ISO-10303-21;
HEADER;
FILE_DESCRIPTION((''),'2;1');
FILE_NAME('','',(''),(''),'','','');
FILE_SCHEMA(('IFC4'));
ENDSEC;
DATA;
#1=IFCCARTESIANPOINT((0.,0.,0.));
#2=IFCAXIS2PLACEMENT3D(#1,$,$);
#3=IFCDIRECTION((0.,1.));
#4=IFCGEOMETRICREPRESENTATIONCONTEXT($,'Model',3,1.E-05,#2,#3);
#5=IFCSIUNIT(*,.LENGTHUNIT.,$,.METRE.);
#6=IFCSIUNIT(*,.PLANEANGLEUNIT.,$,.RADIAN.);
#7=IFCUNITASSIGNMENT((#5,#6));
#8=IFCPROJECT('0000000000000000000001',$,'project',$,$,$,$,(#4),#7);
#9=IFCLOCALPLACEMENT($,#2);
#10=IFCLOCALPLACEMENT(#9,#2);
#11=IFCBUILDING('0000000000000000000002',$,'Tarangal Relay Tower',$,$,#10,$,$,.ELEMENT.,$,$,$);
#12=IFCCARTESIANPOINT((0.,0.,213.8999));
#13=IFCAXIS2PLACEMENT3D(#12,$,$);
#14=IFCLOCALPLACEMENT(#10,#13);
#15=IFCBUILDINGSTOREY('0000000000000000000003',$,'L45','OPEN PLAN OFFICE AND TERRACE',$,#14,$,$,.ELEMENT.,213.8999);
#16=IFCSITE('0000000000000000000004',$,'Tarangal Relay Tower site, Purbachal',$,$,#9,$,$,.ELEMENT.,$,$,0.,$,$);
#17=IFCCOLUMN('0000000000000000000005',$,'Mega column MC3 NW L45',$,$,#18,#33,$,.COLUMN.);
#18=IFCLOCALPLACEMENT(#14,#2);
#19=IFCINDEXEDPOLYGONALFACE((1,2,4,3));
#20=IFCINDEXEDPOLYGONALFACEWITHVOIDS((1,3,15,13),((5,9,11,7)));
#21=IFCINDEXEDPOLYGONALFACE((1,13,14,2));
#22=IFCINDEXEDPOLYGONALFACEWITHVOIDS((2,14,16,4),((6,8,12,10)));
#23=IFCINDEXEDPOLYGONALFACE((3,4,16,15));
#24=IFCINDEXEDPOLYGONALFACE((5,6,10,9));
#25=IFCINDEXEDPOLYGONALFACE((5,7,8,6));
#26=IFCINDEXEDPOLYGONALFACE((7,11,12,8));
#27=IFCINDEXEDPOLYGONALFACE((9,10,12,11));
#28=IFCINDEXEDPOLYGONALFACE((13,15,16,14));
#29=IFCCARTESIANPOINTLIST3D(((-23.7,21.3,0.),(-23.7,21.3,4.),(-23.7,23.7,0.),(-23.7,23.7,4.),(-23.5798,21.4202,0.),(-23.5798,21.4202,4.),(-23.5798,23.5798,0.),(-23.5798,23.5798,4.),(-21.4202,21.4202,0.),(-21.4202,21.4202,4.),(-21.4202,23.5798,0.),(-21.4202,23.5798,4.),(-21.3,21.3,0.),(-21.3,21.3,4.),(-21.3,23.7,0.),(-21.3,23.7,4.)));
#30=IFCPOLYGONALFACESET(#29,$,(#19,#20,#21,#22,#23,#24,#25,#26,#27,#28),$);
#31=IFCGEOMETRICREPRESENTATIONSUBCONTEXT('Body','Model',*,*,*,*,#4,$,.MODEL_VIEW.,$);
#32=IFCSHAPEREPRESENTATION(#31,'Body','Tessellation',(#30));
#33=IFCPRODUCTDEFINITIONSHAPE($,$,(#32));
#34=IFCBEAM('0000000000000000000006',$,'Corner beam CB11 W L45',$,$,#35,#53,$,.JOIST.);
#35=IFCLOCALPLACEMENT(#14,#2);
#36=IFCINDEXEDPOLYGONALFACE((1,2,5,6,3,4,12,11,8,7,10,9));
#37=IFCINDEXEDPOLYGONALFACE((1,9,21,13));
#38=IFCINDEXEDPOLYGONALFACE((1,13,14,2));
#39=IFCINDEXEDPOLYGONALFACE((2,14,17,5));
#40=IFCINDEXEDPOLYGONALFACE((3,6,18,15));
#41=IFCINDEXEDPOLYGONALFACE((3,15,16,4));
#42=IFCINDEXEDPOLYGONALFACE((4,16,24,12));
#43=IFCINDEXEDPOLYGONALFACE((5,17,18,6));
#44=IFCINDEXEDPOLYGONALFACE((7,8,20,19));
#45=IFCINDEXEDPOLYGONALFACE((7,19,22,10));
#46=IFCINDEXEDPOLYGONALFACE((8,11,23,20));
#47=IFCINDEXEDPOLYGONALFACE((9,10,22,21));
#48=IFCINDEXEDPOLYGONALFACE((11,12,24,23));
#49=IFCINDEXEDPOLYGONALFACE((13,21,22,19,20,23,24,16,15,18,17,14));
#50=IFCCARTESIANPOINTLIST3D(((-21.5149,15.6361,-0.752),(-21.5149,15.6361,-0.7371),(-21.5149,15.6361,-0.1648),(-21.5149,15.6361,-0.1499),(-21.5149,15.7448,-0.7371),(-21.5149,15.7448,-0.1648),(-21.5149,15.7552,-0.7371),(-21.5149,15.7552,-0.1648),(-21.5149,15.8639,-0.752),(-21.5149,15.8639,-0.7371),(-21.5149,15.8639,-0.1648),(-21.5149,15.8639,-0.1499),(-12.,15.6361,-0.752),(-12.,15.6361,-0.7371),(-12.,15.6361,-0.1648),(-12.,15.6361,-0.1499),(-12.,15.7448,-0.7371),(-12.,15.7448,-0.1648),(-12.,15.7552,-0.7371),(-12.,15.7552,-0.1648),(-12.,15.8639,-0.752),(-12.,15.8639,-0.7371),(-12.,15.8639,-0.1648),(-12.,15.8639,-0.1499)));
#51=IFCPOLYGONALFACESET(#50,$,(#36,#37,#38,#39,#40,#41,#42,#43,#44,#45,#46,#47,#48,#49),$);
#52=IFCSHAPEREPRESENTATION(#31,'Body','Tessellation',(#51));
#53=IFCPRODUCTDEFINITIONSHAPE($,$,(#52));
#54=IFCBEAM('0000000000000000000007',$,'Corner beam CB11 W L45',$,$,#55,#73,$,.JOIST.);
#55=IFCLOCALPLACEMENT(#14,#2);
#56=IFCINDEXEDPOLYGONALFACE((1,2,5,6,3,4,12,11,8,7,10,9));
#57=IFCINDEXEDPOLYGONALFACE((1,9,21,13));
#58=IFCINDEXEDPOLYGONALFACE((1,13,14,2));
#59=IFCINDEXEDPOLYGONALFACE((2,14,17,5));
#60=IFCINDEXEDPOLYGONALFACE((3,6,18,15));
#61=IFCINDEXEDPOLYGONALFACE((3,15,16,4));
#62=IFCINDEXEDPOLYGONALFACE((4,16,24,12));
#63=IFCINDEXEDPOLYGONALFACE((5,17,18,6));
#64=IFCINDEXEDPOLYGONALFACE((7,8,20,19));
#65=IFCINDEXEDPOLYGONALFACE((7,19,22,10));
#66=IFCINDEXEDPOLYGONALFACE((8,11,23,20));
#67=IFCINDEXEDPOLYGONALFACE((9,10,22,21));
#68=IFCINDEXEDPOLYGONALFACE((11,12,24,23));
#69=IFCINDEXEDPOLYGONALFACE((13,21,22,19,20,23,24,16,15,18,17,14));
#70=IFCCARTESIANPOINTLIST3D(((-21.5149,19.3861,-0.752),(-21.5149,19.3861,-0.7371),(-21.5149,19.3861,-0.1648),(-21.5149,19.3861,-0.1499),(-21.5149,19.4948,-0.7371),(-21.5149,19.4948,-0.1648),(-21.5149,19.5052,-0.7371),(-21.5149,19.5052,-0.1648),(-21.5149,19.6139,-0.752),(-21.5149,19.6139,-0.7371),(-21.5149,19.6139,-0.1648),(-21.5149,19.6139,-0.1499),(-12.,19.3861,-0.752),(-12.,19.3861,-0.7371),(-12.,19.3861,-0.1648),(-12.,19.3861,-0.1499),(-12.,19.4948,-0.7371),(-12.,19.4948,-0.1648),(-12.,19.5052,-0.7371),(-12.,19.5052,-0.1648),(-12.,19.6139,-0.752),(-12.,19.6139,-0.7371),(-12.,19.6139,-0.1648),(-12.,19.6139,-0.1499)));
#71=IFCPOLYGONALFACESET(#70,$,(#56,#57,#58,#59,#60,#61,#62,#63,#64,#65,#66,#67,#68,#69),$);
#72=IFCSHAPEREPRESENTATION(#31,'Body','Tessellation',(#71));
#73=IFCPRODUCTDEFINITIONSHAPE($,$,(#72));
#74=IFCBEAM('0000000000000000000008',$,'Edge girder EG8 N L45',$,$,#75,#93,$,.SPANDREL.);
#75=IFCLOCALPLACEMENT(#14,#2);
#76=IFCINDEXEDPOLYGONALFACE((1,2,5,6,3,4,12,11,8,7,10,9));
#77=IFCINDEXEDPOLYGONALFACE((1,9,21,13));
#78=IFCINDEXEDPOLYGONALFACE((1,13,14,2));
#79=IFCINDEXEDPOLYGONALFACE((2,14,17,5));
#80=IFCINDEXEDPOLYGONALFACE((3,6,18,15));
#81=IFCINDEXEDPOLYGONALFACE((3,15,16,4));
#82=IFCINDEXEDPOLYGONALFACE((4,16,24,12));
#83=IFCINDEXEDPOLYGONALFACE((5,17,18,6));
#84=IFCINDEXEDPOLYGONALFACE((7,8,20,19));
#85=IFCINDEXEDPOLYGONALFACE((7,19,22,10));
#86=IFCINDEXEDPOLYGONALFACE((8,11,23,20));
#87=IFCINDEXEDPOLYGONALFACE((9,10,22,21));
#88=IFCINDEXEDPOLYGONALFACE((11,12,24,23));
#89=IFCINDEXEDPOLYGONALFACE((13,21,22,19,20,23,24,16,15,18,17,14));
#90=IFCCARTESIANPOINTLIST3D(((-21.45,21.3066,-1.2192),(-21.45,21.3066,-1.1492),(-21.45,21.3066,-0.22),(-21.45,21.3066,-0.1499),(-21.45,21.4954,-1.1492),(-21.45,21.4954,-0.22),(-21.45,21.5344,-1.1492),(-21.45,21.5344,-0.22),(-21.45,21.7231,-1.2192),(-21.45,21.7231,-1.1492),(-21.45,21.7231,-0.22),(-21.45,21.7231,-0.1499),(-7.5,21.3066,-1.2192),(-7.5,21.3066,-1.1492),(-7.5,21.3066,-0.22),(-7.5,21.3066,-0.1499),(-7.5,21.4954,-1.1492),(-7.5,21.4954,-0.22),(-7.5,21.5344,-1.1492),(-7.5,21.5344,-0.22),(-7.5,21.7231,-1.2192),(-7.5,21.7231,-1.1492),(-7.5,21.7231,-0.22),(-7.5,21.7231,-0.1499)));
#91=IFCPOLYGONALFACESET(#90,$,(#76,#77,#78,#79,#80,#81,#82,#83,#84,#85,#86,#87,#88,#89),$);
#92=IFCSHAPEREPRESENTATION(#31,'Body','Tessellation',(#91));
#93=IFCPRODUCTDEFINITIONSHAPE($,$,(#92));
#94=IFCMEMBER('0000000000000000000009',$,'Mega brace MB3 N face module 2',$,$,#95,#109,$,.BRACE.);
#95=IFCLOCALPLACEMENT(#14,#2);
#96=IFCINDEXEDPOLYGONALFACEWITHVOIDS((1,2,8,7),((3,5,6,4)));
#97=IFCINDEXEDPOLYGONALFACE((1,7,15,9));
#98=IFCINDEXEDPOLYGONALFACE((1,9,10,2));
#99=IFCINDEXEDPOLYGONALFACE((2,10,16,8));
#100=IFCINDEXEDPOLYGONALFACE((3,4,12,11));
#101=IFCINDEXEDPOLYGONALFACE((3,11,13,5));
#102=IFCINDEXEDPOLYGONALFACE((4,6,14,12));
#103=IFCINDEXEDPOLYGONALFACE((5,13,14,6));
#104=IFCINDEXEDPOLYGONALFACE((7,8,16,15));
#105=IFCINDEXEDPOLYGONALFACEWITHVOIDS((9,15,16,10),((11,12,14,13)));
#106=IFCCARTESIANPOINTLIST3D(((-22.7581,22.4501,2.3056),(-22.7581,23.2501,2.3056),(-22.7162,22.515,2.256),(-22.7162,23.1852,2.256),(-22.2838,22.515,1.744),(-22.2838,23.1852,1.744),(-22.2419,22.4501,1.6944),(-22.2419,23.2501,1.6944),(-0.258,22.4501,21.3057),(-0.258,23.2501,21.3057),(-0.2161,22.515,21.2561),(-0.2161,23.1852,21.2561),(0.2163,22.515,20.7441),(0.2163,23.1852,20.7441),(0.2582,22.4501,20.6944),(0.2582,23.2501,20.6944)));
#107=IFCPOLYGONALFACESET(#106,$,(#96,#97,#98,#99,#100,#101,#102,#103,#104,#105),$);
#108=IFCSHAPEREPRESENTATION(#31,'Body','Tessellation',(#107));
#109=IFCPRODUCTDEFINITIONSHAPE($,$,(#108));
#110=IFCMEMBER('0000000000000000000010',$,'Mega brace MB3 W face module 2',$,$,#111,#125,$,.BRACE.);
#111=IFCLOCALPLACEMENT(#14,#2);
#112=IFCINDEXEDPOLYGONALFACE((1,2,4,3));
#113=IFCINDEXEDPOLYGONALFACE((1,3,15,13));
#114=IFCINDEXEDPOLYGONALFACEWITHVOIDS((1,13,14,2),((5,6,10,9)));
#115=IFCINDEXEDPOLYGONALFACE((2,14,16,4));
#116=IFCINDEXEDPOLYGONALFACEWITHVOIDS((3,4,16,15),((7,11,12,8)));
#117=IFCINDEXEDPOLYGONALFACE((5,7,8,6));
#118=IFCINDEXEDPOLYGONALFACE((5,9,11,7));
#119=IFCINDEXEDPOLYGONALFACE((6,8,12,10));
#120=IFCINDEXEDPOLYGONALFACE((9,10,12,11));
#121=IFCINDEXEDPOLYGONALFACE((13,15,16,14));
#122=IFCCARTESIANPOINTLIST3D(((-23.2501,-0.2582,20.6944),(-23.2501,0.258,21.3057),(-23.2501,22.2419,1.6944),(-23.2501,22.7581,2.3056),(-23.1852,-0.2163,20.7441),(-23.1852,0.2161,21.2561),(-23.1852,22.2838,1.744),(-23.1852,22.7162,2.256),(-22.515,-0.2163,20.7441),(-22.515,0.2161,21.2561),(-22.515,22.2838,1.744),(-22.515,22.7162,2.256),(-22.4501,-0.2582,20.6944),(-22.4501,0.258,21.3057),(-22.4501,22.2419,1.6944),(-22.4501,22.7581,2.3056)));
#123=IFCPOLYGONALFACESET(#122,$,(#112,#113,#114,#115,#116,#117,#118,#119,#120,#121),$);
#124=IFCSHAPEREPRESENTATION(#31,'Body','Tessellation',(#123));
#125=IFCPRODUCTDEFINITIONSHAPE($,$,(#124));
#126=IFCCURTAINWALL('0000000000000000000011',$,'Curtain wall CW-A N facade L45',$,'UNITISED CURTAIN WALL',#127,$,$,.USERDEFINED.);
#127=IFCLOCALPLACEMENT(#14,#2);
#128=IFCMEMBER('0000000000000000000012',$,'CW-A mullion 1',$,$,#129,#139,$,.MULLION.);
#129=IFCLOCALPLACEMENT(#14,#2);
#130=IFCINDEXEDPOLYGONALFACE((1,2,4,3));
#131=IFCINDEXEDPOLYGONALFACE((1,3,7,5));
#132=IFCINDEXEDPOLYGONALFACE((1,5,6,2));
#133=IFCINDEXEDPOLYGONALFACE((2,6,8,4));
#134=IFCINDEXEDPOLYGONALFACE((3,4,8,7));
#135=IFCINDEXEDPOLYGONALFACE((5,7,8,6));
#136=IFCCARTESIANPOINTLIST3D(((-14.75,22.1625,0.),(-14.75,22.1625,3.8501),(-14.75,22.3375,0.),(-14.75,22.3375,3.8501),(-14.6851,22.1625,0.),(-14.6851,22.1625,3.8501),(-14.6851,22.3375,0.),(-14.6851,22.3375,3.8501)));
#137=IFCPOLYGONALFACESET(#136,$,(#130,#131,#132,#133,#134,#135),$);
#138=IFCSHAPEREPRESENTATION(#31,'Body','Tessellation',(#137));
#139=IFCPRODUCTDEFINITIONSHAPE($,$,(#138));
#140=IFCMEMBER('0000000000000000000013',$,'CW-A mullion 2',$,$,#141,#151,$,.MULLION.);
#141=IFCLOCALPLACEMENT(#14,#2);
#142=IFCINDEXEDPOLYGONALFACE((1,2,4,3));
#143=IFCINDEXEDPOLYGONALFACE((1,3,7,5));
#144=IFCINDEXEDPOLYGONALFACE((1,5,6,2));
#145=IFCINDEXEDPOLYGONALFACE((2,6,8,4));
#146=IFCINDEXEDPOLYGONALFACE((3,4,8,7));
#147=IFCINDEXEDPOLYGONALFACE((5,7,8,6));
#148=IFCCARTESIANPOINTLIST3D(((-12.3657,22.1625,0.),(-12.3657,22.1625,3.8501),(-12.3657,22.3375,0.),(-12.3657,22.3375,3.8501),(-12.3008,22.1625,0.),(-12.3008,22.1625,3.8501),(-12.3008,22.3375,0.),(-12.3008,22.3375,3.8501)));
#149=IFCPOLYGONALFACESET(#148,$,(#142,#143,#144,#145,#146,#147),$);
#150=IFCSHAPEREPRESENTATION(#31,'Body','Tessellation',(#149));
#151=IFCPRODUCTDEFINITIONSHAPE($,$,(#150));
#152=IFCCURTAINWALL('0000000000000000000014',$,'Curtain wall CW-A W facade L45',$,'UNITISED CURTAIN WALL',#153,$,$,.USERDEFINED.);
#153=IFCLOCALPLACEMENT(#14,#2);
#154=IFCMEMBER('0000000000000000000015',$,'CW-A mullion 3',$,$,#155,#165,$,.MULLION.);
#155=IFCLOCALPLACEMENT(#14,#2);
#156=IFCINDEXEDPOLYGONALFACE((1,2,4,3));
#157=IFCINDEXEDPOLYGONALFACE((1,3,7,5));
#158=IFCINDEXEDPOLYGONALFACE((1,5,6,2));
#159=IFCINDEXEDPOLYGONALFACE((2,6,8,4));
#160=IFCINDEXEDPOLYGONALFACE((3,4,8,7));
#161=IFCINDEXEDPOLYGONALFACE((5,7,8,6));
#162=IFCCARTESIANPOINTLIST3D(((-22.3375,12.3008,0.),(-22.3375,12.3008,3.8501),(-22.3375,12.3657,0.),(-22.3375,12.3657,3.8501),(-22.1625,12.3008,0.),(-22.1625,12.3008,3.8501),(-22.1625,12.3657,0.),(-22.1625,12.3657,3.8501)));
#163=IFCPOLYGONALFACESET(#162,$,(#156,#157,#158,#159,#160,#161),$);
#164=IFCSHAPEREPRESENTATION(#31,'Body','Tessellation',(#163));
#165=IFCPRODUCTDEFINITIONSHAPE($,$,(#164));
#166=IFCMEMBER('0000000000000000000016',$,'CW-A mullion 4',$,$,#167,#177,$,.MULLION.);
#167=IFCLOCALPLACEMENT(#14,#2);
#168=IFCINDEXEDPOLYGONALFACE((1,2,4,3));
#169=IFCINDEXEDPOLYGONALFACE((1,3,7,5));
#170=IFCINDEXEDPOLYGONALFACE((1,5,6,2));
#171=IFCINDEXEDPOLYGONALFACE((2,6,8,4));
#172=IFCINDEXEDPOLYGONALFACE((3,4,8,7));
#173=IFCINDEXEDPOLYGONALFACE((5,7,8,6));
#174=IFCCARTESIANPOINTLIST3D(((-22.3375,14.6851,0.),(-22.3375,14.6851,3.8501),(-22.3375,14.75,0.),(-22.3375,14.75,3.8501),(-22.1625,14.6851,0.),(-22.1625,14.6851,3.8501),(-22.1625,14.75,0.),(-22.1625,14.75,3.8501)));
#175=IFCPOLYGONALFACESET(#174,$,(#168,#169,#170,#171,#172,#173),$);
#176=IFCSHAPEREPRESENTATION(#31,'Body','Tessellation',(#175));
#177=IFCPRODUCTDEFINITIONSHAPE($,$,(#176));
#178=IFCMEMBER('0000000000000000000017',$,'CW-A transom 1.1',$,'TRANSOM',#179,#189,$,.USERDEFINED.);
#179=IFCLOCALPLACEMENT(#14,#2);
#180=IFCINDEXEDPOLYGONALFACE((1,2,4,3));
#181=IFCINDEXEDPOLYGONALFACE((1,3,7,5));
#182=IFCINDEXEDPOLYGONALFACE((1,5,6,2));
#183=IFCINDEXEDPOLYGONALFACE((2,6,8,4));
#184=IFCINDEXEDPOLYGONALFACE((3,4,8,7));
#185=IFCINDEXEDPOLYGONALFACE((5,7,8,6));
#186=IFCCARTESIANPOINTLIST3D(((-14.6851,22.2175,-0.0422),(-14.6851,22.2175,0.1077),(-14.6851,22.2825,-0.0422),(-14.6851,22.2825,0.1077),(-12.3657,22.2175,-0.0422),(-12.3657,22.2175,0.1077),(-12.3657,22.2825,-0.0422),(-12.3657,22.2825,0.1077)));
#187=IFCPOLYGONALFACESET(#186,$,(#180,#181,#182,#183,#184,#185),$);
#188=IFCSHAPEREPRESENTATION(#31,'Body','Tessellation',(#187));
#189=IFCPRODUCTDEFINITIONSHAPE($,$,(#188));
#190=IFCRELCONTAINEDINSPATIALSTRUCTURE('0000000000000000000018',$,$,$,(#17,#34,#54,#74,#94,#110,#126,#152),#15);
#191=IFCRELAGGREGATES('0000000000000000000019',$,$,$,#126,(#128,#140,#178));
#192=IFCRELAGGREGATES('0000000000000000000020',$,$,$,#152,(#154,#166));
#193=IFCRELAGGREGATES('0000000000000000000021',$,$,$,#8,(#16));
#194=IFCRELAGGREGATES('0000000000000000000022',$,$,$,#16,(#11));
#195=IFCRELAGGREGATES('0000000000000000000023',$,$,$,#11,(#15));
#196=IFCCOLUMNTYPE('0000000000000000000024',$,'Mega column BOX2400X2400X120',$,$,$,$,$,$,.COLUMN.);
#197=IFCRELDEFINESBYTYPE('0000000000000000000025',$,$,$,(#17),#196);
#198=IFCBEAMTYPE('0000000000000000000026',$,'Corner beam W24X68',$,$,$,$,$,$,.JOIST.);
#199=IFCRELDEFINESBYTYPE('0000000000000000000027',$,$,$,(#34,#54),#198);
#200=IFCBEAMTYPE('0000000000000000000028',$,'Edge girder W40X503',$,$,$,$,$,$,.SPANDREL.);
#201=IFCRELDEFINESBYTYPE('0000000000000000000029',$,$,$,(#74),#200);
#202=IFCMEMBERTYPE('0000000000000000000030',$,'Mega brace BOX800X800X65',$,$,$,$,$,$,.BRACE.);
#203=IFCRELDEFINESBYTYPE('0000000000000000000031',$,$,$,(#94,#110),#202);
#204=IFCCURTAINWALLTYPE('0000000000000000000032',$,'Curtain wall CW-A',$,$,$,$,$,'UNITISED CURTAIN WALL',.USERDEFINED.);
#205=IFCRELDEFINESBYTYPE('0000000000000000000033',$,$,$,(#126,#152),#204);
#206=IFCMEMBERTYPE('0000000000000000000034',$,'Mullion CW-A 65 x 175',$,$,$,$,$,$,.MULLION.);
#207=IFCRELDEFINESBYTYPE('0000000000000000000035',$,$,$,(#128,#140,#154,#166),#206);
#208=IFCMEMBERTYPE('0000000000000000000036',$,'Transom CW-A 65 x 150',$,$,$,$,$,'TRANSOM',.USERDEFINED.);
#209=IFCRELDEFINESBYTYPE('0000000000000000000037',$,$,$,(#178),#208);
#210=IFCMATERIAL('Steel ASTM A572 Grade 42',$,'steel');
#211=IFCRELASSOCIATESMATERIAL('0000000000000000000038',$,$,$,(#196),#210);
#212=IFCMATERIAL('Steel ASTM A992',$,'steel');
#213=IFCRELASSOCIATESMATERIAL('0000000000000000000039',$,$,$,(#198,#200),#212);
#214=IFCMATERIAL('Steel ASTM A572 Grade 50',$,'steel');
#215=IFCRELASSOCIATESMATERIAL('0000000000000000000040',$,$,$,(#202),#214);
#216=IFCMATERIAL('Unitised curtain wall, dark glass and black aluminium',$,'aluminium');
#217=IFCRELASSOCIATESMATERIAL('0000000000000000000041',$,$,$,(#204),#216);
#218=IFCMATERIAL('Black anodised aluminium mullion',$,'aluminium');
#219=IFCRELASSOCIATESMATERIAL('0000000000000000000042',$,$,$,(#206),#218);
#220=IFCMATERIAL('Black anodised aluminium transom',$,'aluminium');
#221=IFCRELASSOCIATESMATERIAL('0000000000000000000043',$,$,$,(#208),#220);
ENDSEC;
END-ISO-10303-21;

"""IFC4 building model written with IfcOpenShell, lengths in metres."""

from ifc_helpers import new_model, si_unit, direction, frame, origin, origin_2d, place, context, subcontext, project, spatial, rectangle, hollow_rectangle, i_section, extrude, material, material_profile, profile_set, type_object, element, aggregate, save


model = new_model("IFC4")

# Units and contexts
model_context = context("Model", 3, precision=1e-05, world=origin(), true_north=direction((0.0, 1.0)))
body_context = subcontext(model_context, "Body", "Model", "MODEL_VIEW")
ifc_project = project(units=[si_unit("LENGTHUNIT", "METRE"), si_unit("PLANEANGLEUNIT", "RADIAN")], contexts=[model_context])

# Site, building, storey
site_placement = place(None, origin())
site = spatial("IfcSite", under=ifc_project, at=site_placement, Name="Tarangal Relay Tower site, Purbachal", CompositionType="ELEMENT", RefElevation=0.0)
building_placement = place(site_placement, origin())
building = spatial("IfcBuilding", under=site, at=building_placement, Name="Tarangal Relay Tower", CompositionType="ELEMENT")
storey_placement = place(building_placement, frame((0.0, 0.0, 213.8999)))
storey = spatial("IfcBuildingStorey", under=building, at=storey_placement, Name="L45", Description="OPEN PLAN OFFICE AND TERRACE", CompositionType="ELEMENT", Elevation=213.8999)

# Column
ifc_material_1 = material(Name="Steel ASTM A572 Grade 42", Category="steel")
ifc_material_profile_1 = material_profile(ifc_material_1, hollow_rectangle(XDim=2.3999, YDim=2.3999, WallThickness=0.1201, at=origin_2d()), Name="BOX2400X2400X120")
ifc_profile_set_1 = profile_set([ifc_material_profile_1], Name="Steel ASTM A572 Grade 42")
column_type = type_object("IfcColumnType", Name="Mega column BOX2400X2400X120", PredefinedType="COLUMN", material=ifc_profile_set_1)
column_placement = place(storey_placement, frame((-22.5, 22.5, 0.0), z_axis=(0.0, 0.0, 1.0), x_axis=(1.0, 0.0, 0.0)))
element("IfcColumn", 1, at=column_placement, inside=storey, type_object=column_type, Name="Mega column MC3 NW L45", PredefinedType="COLUMN", context=body_context, shape_type="SweptSolid", body=[
    extrude(hollow_rectangle(XDim=2.3999, YDim=2.3999, WallThickness=0.1201, at=origin_2d()), origin(), (0.0, 0.0, 1.0), 4.0),
])

# Beams
ifc_material_2 = material(Name="Steel ASTM A992", Category="steel")
ifc_material_profile_2 = material_profile(ifc_material_2, i_section(OverallWidth=0.2278, OverallDepth=0.6021, WebThickness=0.0105, FlangeThickness=0.0149, at=origin_2d()), Name="W24X68")
ifc_profile_set_2 = profile_set([ifc_material_profile_2], Name="Steel ASTM A992")
beam_type_1 = type_object("IfcBeamType", Name="Corner beam W24X68", PredefinedType="JOIST", material=ifc_profile_set_2)
for number, where, z_axis, x_axis, name in (
    (2, (-12.0, 15.75, -0.4509), (-1.0, 0.0, 0.0), (0.0, -1.0, 0.0), "Corner beam CB11 W L45"),
    (3, (-12.0, 19.5, -0.4509), (-1.0, 0.0, 0.0), (0.0, -1.0, 0.0), "Corner beam CB11 W L45"),
):
    element("IfcBeam", number, at=place(storey_placement, frame(where, z_axis=z_axis, x_axis=x_axis)), inside=storey, type_object=beam_type_1, Name=name, PredefinedType="JOIST", context=body_context, shape_type="SweptSolid", body=[
        extrude(i_section(OverallWidth=0.2278, OverallDepth=0.6021, WebThickness=0.0105, FlangeThickness=0.0149, at=origin_2d()), origin(), (0.0, 0.0, 1.0), 9.5149),
    ])
ifc_material_profile_3 = material_profile(ifc_material_2, i_section(OverallWidth=0.4165, OverallDepth=1.0693, WebThickness=0.0391, FlangeThickness=0.0701, at=origin_2d()), Name="W40X503")
ifc_profile_set_3 = profile_set([ifc_material_profile_3], Name="Steel ASTM A992")
beam_type_2 = type_object("IfcBeamType", Name="Edge girder W40X503", PredefinedType="SPANDREL", material=ifc_profile_set_3)
beam_placement = place(storey_placement, frame((-21.45, 21.5149, -0.6846), z_axis=(1.0, 0.0, 0.0), x_axis=(0.0, 1.0, 0.0)))
element("IfcBeam", 4, at=beam_placement, inside=storey, type_object=beam_type_2, Name="Edge girder EG8 N L45", PredefinedType="SPANDREL", context=body_context, shape_type="SweptSolid", body=[
    extrude(i_section(OverallWidth=0.4165, OverallDepth=1.0693, WebThickness=0.0391, FlangeThickness=0.0701, at=origin_2d()), origin(), (0.0, 0.0, 1.0), 13.95),
])

# Members
ifc_material_3 = material(Name="Steel ASTM A572 Grade 50", Category="steel")
ifc_material_profile_4 = material_profile(ifc_material_3, hollow_rectangle(XDim=0.8, YDim=0.8, WallThickness=0.0649, at=origin_2d()), Name="BOX800X800X65")
ifc_profile_set_4 = profile_set([ifc_material_profile_4], Name="Steel ASTM A572 Grade 50")
member_type_1 = type_object("IfcMemberType", Name="Mega brace BOX800X800X65", PredefinedType="BRACE", material=ifc_profile_set_4)
for number, where, z_axis, x_axis, name in (
    (5, (-22.5, 22.8501, 2.0), (0.76403, 0.0, 0.645181), (0.0, 1.0, 0.0), "Mega brace MB3 N face module 2"),
    (6, (-22.8501, 22.5, 2.0), (0.0, -0.76403, 0.645181), (1.0, 0.0, 0.0), "Mega brace MB3 W face module 2"),
):
    element("IfcMember", number, at=place(storey_placement, frame(where, z_axis=z_axis, x_axis=x_axis)), inside=storey, type_object=member_type_1, Name=name, PredefinedType="BRACE", context=body_context, shape_type="SweptSolid", body=[
        extrude(hollow_rectangle(XDim=0.8, YDim=0.8, WallThickness=0.0649, at=origin_2d()), origin(), (0.0, 0.0, 1.0), 29.4492),
    ])

# Curtain walls, members
ifc_material_4 = material(Name="Unitised curtain wall, dark glass and black aluminium", Category="aluminium")
curtain_wall_type = type_object("IfcCurtainWallType", Name="Curtain wall CW-A", ElementType="UNITISED CURTAIN WALL", PredefinedType="USERDEFINED", material=ifc_material_4)
curtain_wall_1_placement = place(storey_placement, origin())
curtain_wall_1 = element("IfcCurtainWall", 7, at=curtain_wall_1_placement, inside=storey, type_object=curtain_wall_type, Name="Curtain wall CW-A N facade L45", ObjectType="UNITISED CURTAIN WALL", PredefinedType="USERDEFINED")
ifc_material_5 = material(Name="Black anodised aluminium mullion", Category="aluminium")
ifc_material_profile_5 = material_profile(ifc_material_5, rectangle(XDim=0.175, YDim=0.0649, at=origin_2d()), Name="CW-AM 65X175")
ifc_profile_set_5 = profile_set([ifc_material_profile_5], Name="Black anodised aluminium mullion")
member_type_2 = type_object("IfcMemberType", Name="Mullion CW-A 65 x 175", PredefinedType="MULLION", material=ifc_profile_set_5)
member_1_placement = place(storey_placement, frame((-14.7175, 22.25, 0.0), z_axis=(0.0, 0.0, 1.0), x_axis=(0.0, 1.0, 0.0)))
member_1 = element("IfcMember", 8, at=member_1_placement, type_object=member_type_2, Name="CW-A mullion 1", PredefinedType="MULLION", context=body_context, shape_type="SweptSolid", body=[
    extrude(rectangle(XDim=0.175, YDim=0.0649, at=origin_2d()), origin(), (0.0, 0.0, 1.0), 3.8501),
])
member_2_placement = place(storey_placement, frame((-12.3333, 22.25, 0.0), z_axis=(0.0, 0.0, 1.0), x_axis=(0.0, 1.0, 0.0)))
member_2 = element("IfcMember", 9, at=member_2_placement, type_object=member_type_2, Name="CW-A mullion 2", PredefinedType="MULLION", context=body_context, shape_type="SweptSolid", body=[
    extrude(rectangle(XDim=0.175, YDim=0.0649, at=origin_2d()), origin(), (0.0, 0.0, 1.0), 3.8501),
])
curtain_wall_2_placement = place(storey_placement, origin())
curtain_wall_2 = element("IfcCurtainWall", 10, at=curtain_wall_2_placement, inside=storey, type_object=curtain_wall_type, Name="Curtain wall CW-A W facade L45", ObjectType="UNITISED CURTAIN WALL", PredefinedType="USERDEFINED")
member_3_placement = place(storey_placement, frame((-22.25, 12.3333, 0.0), z_axis=(0.0, 0.0, 1.0), x_axis=(-1.0, 0.0, 0.0)))
member_3 = element("IfcMember", 11, at=member_3_placement, type_object=member_type_2, Name="CW-A mullion 3", PredefinedType="MULLION", context=body_context, shape_type="SweptSolid", body=[
    extrude(rectangle(XDim=0.175, YDim=0.0649, at=origin_2d()), origin(), (0.0, 0.0, 1.0), 3.8501),
])
member_4_placement = place(storey_placement, frame((-22.25, 14.7175, 0.0), z_axis=(0.0, 0.0, 1.0), x_axis=(-1.0, 0.0, 0.0)))
member_4 = element("IfcMember", 12, at=member_4_placement, type_object=member_type_2, Name="CW-A mullion 4", PredefinedType="MULLION", context=body_context, shape_type="SweptSolid", body=[
    extrude(rectangle(XDim=0.175, YDim=0.0649, at=origin_2d()), origin(), (0.0, 0.0, 1.0), 3.8501),
])

# Member
ifc_material_6 = material(Name="Black anodised aluminium transom", Category="aluminium")
ifc_material_profile_6 = material_profile(ifc_material_6, rectangle(XDim=0.0649, YDim=0.1499, at=origin_2d()), Name="CW-AT 65X150")
ifc_profile_set_6 = profile_set([ifc_material_profile_6], Name="Black anodised aluminium transom")
member_type_3 = type_object("IfcMemberType", Name="Transom CW-A 65 x 150", ElementType="TRANSOM", PredefinedType="USERDEFINED", material=ifc_profile_set_6)
member_5_placement = place(storey_placement, frame((-14.6851, 22.25, 0.0327), z_axis=(1.0, 0.0, 0.0), x_axis=(0.0, 1.0, 0.0)))
member_5 = element("IfcMember", 13, at=member_5_placement, type_object=member_type_3, Name="CW-A transom 1.1", ObjectType="TRANSOM", PredefinedType="USERDEFINED", context=body_context, shape_type="SweptSolid", body=[
    extrude(rectangle(XDim=0.0649, YDim=0.1499, at=origin_2d()), origin(), (0.0, 0.0, 1.0), 2.3193),
])

aggregate(curtain_wall_1, [member_1, member_2, member_5])
aggregate(curtain_wall_2, [member_3, member_4])

save(model, "model.ifc")
